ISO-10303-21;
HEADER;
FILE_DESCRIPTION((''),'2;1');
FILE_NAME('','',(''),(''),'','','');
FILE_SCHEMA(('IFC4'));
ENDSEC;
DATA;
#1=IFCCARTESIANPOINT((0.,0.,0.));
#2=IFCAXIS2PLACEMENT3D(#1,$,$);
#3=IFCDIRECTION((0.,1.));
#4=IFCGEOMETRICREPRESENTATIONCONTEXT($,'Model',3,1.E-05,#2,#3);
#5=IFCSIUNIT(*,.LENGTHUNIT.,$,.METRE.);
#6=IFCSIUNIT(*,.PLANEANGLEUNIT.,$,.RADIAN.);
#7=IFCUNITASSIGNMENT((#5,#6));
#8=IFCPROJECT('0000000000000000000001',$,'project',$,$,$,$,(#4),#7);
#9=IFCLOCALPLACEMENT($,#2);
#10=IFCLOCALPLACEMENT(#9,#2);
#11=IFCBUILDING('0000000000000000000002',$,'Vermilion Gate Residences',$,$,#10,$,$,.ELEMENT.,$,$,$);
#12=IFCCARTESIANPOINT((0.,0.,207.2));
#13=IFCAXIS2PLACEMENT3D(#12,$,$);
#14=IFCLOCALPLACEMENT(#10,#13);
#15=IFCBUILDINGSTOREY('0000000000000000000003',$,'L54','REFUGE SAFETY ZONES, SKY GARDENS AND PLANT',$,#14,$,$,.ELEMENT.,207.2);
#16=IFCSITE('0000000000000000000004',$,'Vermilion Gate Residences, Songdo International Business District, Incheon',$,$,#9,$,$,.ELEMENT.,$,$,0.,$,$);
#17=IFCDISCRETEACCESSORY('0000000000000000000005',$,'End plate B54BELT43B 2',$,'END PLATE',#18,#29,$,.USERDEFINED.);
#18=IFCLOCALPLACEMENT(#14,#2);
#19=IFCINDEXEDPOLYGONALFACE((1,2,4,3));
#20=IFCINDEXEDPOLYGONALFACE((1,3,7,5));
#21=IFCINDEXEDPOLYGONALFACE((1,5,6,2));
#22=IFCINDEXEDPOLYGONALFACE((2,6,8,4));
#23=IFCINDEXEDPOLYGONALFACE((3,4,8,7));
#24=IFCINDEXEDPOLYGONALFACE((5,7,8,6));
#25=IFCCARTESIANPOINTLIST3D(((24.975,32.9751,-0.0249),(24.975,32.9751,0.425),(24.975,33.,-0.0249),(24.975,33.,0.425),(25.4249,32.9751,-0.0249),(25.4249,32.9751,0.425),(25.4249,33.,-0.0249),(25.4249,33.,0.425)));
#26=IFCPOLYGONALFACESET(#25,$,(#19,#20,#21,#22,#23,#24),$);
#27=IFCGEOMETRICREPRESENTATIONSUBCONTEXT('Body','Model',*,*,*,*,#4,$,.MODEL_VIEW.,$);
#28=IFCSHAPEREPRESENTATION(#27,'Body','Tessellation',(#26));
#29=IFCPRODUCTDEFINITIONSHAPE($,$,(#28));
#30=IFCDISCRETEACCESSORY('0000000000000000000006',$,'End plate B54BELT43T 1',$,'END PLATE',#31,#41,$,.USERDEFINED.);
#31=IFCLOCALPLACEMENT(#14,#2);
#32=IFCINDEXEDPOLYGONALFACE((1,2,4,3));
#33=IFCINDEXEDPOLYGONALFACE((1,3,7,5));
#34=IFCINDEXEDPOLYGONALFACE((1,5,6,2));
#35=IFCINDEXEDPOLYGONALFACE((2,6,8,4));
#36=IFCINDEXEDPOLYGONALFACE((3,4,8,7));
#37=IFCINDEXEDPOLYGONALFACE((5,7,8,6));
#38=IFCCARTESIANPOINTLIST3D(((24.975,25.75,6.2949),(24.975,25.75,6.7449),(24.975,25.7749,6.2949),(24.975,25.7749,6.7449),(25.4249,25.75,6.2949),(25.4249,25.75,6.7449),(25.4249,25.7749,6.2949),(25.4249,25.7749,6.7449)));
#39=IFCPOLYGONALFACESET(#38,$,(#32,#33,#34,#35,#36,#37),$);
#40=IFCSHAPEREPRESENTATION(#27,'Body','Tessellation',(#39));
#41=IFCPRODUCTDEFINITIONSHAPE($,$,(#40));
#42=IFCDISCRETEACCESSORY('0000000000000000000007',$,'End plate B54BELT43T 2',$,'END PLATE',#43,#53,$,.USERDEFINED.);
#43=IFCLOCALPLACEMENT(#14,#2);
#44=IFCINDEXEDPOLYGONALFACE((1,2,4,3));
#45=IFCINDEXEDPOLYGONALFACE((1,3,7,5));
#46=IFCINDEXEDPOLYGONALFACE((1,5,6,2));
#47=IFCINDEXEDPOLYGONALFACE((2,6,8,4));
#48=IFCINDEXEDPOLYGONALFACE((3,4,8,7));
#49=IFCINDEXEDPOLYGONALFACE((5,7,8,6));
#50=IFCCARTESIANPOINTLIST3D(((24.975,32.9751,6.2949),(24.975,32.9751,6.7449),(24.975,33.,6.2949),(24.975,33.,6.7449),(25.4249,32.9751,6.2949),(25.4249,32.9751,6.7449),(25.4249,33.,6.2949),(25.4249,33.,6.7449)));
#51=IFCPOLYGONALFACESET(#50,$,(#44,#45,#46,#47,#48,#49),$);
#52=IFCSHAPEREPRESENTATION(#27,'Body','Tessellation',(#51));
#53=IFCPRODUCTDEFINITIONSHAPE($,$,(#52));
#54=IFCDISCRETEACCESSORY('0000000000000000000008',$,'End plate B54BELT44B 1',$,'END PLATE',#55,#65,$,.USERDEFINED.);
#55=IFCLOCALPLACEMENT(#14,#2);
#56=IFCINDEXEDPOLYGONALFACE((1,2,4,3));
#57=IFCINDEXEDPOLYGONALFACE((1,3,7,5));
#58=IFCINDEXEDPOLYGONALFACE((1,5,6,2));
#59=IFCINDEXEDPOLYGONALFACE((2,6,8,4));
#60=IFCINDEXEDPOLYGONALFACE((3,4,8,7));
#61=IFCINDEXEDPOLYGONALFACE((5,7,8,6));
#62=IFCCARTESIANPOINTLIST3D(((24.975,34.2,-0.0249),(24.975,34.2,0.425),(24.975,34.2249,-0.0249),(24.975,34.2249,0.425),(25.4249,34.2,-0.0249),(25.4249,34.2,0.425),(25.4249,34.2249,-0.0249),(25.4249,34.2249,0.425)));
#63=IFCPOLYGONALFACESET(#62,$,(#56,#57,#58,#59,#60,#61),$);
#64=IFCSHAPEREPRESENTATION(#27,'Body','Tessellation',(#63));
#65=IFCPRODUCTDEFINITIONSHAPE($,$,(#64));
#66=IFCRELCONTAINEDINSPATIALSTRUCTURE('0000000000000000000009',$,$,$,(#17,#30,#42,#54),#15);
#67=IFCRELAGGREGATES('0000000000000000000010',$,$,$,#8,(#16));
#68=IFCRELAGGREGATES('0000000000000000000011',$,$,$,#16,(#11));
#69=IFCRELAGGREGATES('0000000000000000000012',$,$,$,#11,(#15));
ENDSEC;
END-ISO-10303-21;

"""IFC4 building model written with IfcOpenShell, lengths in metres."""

from ifc_helpers import new_model, si_unit, direction, frame, origin, origin_2d, place, context, subcontext, project, spatial, rectangle, extrude, element, save


model = new_model("IFC4")

# Units and contexts
model_context = context("Model", 3, precision=1e-05, world=origin(), true_north=direction((0.0, 1.0)))
body_context = subcontext(model_context, "Body", "Model", "MODEL_VIEW")
ifc_project = project(units=[si_unit("LENGTHUNIT", "METRE"), si_unit("PLANEANGLEUNIT", "RADIAN")], contexts=[model_context])

# Site, building, storey
site_placement = place(None, origin())
site = spatial("IfcSite", under=ifc_project, at=site_placement, Name="Vermilion Gate Residences, Songdo International Business District, Incheon", CompositionType="ELEMENT", RefElevation=0.0)
building_placement = place(site_placement, origin())
building = spatial("IfcBuilding", under=site, at=building_placement, Name="Vermilion Gate Residences", CompositionType="ELEMENT")
storey_placement = place(building_placement, frame((0.0, 0.0, 207.2)))
storey = spatial("IfcBuildingStorey", under=building, at=storey_placement, Name="L54", Description="REFUGE SAFETY ZONES, SKY GARDENS AND PLANT", CompositionType="ELEMENT", Elevation=207.2)

# Discrete accessories
for number, where, z_axis, x_axis, name in (
    (1, (25.2, 32.9875, -0.0249), (0.0, 0.0, 1.0), (1.0, 0.0, 0.0), "End plate B54BELT43B 2"),
    (2, (25.2, 25.7625, 6.2949), (0.0, 0.0, 1.0), (1.0, 0.0, 0.0), "End plate B54BELT43T 1"),
    (3, (25.2, 32.9875, 6.2949), (0.0, 0.0, 1.0), (1.0, 0.0, 0.0), "End plate B54BELT43T 2"),
    (4, (25.2, 34.2124, -0.0249), (0.0, 0.0, 1.0), (1.0, 0.0, 0.0), "End plate B54BELT44B 1"),
):
    element("IfcDiscreteAccessory", number, at=place(storey_placement, frame(where, z_axis=z_axis, x_axis=x_axis)), inside=storey, Name=name, ObjectType="END PLATE", PredefinedType="USERDEFINED", context=body_context, shape_type="SweptSolid", body=[
        extrude(rectangle(XDim=0.45, YDim=0.0249, at=origin_2d()), origin(), (0.0, 0.0, 1.0), 0.45),
    ])

save(model, "model.ifc")
